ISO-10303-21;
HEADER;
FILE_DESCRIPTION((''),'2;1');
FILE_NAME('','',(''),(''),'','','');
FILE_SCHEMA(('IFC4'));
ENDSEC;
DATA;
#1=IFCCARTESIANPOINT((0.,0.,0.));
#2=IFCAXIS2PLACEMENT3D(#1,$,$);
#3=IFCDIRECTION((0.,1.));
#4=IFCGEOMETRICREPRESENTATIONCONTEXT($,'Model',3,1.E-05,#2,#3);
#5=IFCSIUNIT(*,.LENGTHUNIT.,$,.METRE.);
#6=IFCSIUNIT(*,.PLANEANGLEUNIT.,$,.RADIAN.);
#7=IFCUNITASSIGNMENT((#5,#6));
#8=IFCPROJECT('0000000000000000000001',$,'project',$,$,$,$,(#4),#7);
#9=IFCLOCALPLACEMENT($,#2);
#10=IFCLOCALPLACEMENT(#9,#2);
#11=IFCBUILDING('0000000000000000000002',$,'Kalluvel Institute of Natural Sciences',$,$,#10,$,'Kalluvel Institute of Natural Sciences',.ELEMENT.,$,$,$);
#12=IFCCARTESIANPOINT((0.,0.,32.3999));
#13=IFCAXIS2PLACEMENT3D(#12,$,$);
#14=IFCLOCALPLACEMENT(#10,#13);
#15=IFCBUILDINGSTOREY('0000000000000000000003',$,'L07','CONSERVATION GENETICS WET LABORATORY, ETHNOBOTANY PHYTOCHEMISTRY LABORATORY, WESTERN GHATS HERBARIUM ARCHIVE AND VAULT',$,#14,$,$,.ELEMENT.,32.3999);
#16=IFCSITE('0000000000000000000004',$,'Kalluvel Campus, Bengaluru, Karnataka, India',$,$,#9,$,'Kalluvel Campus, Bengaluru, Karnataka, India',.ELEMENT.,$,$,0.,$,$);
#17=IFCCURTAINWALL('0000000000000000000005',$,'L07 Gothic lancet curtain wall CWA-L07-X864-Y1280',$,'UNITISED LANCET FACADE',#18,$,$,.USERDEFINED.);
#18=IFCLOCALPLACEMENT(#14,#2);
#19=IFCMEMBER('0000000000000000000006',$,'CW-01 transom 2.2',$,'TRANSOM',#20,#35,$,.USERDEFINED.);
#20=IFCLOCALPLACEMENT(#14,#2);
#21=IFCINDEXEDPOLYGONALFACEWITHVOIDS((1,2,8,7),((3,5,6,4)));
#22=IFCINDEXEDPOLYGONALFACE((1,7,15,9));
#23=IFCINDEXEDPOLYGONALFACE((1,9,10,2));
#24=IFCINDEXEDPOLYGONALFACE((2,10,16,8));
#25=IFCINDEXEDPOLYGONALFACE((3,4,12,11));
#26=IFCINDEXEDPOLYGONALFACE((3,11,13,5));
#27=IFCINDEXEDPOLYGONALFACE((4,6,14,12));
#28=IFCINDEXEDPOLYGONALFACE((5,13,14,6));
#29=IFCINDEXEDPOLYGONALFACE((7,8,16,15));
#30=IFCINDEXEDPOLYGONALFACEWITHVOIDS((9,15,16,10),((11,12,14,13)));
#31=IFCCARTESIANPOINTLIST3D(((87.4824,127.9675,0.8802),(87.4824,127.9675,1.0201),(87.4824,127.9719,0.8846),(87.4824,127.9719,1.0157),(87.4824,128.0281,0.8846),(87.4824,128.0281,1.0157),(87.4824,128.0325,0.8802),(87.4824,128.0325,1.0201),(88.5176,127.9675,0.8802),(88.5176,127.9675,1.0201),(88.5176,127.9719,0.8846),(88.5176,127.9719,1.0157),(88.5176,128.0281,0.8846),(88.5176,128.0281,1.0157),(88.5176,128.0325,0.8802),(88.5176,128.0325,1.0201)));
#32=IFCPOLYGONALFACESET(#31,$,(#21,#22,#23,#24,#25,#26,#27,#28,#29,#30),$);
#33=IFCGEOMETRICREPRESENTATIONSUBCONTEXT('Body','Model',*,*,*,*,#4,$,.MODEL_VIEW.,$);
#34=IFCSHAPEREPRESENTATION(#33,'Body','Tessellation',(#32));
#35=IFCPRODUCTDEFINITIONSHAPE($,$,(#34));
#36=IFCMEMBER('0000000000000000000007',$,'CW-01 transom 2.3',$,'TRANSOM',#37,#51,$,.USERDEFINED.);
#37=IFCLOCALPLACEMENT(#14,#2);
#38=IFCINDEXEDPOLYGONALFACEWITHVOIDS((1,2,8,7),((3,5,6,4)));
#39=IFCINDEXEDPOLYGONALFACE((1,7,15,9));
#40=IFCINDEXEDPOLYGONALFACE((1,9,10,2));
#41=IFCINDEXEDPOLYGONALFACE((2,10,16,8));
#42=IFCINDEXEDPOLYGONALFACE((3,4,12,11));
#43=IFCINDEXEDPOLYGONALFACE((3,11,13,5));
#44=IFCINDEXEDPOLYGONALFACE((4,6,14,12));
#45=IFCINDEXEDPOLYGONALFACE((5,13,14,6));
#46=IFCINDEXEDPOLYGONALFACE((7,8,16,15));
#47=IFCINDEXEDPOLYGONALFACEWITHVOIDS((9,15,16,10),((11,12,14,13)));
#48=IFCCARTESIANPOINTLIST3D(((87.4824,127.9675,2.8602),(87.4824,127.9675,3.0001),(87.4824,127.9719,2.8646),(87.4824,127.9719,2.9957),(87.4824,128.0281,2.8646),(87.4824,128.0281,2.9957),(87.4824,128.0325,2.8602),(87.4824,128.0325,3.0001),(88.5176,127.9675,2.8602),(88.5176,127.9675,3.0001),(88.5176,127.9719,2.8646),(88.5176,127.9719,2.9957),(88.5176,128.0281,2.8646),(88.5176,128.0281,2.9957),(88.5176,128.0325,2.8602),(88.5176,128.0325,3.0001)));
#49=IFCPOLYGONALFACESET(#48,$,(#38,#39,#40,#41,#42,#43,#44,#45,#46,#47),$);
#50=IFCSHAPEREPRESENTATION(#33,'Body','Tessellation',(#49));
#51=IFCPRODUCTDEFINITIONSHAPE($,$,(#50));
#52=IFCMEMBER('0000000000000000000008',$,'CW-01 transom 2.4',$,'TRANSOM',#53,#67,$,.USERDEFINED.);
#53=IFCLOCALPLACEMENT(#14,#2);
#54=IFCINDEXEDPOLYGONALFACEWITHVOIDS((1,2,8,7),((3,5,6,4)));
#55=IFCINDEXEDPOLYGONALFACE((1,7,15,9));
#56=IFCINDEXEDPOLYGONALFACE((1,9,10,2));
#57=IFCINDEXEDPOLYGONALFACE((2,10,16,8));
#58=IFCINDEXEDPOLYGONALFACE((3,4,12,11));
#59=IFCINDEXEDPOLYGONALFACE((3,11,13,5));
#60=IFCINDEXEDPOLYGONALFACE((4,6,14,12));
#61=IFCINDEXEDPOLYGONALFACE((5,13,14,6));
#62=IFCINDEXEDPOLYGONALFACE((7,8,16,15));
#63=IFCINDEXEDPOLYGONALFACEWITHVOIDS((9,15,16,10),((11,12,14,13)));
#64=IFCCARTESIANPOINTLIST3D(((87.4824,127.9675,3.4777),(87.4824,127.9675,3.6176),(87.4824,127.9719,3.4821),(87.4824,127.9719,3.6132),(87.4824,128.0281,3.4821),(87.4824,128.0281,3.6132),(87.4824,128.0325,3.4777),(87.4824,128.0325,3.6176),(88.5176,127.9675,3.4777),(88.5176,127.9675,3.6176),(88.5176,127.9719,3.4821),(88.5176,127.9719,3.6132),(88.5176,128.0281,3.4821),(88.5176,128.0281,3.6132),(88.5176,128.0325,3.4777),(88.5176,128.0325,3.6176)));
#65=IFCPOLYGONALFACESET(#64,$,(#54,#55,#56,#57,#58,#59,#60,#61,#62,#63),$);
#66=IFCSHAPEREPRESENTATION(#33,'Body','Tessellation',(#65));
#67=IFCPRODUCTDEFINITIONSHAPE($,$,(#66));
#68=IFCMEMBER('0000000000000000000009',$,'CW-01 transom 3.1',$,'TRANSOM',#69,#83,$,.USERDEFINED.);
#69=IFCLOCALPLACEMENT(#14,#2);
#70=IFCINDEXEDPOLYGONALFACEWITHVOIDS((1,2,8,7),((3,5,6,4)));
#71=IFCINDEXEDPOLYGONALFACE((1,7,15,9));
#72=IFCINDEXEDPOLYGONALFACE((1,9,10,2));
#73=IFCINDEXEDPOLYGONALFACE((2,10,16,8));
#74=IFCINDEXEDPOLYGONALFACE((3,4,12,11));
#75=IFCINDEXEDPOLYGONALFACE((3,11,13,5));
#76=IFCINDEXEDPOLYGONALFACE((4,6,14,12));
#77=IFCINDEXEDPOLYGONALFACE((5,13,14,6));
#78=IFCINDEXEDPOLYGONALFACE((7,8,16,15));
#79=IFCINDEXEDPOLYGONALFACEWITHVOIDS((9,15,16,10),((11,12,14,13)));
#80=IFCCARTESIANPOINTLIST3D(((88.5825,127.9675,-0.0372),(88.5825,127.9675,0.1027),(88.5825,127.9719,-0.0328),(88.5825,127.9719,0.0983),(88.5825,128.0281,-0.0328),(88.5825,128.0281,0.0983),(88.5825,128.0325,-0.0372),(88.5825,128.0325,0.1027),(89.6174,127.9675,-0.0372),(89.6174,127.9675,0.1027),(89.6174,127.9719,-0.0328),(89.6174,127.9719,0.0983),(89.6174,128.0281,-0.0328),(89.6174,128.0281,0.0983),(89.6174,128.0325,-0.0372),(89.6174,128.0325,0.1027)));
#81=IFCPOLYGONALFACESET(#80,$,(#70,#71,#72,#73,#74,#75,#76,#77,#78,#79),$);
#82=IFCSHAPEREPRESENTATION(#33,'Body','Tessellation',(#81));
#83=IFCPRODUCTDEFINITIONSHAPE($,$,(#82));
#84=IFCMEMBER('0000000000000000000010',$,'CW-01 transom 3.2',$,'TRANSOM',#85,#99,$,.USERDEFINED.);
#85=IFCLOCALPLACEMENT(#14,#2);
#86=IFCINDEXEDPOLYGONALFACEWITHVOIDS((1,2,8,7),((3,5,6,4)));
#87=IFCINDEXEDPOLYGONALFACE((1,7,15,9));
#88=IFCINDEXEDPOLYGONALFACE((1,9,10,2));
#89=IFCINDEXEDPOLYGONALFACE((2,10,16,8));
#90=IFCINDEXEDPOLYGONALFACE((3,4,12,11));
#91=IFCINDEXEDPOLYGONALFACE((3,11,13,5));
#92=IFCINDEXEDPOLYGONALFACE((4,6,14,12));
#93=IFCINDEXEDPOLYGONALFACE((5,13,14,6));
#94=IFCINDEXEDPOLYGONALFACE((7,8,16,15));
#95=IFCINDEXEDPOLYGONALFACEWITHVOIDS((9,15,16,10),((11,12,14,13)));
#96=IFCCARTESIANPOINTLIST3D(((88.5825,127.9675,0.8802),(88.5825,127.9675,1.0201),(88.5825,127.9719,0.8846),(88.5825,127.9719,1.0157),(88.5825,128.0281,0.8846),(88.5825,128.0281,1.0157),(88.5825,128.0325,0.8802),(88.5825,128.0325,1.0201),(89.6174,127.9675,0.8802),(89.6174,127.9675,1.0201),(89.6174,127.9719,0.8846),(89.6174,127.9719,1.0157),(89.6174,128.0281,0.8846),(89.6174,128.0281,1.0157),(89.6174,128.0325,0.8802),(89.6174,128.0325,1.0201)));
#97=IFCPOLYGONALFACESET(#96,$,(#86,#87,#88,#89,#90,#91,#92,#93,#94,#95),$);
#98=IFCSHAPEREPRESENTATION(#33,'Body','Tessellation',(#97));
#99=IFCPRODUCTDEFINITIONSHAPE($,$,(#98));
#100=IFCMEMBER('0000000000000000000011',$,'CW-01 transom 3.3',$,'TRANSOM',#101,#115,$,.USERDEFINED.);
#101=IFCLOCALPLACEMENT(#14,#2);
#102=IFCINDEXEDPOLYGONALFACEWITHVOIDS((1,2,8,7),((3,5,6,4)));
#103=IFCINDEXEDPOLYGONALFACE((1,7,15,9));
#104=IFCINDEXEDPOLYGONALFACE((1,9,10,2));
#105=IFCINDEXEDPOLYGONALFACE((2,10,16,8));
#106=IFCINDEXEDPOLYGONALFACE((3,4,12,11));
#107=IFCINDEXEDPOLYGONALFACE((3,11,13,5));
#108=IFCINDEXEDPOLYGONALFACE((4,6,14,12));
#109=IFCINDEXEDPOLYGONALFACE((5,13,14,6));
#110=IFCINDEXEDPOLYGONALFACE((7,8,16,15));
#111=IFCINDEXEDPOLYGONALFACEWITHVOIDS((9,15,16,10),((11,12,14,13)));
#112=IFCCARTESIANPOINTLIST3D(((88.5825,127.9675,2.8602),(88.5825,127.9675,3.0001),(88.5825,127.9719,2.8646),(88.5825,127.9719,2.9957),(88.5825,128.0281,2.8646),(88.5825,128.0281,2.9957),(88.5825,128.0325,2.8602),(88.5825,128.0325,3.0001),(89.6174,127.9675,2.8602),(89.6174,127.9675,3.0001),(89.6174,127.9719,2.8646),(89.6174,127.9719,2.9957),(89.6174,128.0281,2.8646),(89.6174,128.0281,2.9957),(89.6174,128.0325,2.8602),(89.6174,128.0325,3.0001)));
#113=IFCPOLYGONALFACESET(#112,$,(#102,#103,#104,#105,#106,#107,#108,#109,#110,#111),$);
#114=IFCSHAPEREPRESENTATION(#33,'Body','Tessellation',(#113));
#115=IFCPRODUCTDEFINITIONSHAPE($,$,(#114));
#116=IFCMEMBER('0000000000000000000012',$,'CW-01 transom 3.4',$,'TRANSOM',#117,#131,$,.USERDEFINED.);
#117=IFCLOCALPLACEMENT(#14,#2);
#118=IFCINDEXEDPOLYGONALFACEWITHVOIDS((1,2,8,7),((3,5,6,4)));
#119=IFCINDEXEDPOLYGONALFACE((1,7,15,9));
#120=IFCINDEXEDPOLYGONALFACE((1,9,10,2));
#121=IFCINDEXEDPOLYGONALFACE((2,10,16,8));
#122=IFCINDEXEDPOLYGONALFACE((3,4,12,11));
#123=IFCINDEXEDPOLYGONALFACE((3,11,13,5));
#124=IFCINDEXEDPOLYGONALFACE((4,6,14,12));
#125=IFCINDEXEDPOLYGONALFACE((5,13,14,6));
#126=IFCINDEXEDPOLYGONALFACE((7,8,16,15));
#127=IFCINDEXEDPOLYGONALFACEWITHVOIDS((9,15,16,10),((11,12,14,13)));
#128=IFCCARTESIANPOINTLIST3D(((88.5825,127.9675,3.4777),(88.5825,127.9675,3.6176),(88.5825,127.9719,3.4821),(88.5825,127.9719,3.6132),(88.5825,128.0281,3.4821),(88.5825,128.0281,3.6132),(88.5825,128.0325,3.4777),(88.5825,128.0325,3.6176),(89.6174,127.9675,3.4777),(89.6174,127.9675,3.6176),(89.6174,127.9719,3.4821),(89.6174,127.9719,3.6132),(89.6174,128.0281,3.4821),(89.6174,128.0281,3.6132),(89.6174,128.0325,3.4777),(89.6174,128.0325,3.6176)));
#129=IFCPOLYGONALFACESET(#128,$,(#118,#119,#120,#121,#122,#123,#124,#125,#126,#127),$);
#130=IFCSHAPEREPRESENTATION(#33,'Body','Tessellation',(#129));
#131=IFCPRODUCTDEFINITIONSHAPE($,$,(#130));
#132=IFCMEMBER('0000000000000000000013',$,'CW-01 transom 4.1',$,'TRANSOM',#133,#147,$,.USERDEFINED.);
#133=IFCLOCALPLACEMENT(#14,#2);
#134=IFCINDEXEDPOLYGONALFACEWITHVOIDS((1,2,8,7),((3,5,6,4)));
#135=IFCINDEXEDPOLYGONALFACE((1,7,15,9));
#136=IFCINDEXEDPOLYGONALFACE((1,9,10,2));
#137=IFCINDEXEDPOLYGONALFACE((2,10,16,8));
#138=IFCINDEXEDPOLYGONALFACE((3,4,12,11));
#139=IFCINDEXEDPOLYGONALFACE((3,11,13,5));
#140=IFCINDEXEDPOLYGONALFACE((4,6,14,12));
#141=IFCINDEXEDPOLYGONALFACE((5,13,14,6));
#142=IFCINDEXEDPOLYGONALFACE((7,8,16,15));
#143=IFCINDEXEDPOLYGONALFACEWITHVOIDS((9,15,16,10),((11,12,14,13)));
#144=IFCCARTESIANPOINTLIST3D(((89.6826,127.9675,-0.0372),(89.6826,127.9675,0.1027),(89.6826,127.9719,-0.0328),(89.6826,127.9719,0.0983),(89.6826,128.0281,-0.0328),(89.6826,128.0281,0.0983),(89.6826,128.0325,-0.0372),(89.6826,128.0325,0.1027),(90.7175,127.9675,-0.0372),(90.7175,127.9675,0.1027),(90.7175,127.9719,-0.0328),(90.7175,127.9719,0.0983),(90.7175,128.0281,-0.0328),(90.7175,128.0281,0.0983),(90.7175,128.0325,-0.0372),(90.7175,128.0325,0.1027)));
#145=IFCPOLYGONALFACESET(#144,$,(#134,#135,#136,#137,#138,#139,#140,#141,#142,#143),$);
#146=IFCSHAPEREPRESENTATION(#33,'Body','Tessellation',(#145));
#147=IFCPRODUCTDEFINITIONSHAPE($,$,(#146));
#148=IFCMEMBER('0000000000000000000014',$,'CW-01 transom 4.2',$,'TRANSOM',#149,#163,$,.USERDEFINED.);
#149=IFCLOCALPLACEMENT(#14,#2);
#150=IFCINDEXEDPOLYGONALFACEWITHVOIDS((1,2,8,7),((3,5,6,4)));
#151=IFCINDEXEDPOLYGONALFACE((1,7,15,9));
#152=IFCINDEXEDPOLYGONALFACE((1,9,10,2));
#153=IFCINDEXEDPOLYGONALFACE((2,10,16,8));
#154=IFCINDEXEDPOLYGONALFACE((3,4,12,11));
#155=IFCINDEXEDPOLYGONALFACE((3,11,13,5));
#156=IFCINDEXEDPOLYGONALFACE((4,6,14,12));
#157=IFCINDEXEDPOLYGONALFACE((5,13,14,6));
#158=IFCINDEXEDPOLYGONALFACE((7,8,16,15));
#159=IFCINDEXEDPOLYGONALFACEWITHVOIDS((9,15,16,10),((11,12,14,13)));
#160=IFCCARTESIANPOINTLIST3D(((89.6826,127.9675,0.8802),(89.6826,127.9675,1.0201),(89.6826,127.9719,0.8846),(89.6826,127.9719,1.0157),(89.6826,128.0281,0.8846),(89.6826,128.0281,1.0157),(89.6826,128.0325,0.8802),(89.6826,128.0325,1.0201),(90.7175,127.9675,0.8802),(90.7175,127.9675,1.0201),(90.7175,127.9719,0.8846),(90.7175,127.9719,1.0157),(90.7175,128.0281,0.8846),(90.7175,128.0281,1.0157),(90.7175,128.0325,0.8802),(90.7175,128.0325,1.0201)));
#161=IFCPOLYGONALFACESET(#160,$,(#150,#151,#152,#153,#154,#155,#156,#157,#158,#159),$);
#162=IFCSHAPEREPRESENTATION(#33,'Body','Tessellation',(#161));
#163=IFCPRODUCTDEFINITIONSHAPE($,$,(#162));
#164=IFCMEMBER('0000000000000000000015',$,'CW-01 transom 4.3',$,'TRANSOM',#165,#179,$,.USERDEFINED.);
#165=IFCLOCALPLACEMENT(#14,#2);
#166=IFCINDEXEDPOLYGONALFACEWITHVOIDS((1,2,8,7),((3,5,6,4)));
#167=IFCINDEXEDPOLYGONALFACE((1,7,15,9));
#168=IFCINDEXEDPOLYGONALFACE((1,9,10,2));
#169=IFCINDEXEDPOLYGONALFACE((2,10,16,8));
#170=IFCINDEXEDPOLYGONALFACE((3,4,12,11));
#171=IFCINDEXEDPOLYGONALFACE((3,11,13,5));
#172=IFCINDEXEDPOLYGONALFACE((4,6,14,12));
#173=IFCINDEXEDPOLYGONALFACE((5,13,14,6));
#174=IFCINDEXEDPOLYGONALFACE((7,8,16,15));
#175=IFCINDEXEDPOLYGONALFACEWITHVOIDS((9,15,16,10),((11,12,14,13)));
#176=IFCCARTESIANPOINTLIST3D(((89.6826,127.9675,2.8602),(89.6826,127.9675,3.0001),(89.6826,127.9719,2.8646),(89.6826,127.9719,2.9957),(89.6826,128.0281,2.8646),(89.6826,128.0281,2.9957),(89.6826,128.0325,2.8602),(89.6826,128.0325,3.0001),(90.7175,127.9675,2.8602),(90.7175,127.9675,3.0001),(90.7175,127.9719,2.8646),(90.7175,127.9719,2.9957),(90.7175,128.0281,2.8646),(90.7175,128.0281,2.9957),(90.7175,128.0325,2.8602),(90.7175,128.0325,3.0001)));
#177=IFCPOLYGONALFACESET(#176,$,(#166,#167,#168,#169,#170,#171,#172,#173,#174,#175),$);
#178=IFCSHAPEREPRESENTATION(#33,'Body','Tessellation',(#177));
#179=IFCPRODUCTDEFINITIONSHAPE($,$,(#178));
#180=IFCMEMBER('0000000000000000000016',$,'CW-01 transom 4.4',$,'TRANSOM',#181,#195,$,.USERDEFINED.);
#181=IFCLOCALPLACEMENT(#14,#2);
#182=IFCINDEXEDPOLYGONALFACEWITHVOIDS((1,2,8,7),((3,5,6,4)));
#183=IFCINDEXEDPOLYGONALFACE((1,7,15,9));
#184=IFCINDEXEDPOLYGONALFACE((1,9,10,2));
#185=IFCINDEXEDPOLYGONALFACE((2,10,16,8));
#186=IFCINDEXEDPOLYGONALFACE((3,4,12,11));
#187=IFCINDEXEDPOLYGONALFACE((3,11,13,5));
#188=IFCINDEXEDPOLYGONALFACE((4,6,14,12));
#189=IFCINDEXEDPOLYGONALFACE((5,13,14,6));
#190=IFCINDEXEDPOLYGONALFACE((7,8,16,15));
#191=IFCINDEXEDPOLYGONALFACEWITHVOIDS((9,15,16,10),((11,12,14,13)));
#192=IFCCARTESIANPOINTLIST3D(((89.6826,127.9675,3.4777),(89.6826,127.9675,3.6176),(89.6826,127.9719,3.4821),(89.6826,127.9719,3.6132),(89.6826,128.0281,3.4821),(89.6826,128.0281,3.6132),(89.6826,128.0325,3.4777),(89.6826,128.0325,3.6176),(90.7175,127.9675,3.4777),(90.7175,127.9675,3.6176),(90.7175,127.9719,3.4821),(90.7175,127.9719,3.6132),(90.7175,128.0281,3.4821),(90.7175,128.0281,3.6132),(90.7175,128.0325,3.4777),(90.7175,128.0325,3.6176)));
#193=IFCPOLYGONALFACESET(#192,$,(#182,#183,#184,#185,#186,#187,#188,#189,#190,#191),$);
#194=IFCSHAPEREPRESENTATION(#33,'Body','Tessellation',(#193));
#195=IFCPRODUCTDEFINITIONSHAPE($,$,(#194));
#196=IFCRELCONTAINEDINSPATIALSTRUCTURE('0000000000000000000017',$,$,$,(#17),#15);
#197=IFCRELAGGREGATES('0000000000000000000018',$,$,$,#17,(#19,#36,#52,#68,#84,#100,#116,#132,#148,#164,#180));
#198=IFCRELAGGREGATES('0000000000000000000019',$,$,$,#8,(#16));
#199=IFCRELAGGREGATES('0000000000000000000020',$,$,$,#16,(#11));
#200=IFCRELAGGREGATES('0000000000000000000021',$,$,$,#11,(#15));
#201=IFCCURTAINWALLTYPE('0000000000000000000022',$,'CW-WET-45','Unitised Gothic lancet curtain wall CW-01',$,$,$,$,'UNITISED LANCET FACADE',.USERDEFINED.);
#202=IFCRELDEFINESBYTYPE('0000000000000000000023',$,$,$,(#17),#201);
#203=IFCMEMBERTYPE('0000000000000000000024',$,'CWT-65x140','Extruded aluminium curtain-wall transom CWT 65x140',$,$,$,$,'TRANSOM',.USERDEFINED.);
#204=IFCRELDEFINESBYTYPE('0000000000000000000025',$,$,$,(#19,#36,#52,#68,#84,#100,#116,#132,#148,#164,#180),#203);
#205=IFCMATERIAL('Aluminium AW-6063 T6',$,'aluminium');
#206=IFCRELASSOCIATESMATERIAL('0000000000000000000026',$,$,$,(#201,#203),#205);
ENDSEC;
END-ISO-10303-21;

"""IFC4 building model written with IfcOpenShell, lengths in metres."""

from ifc_helpers import new_model, si_unit, direction, frame, origin, origin_2d, place, context, subcontext, project, spatial, hollow_rectangle, extrude, material, material_profile, profile_set, type_object, element, aggregate, save


model = new_model("IFC4")

# Units and contexts
model_context = context("Model", 3, precision=1e-05, world=origin(), true_north=direction((0.0, 1.0)))
body_context = subcontext(model_context, "Body", "Model", "MODEL_VIEW")
ifc_project = project(units=[si_unit("LENGTHUNIT", "METRE"), si_unit("PLANEANGLEUNIT", "RADIAN")], contexts=[model_context])

# Site, building, storey
site_placement = place(None, origin())
site = spatial("IfcSite", under=ifc_project, at=site_placement, Name="Kalluvel Campus, Bengaluru, Karnataka, India", LongName="Kalluvel Campus, Bengaluru, Karnataka, India", CompositionType="ELEMENT", RefElevation=0.0)
building_placement = place(site_placement, origin())
building = spatial("IfcBuilding", under=site, at=building_placement, Name="Kalluvel Institute of Natural Sciences", LongName="Kalluvel Institute of Natural Sciences", CompositionType="ELEMENT")
storey_placement = place(building_placement, frame((0.0, 0.0, 32.3999)))
storey = spatial("IfcBuildingStorey", under=building, at=storey_placement, Name="L07", Description="CONSERVATION GENETICS WET LABORATORY, ETHNOBOTANY PHYTOCHEMISTRY LABORATORY, WESTERN GHATS HERBARIUM ARCHIVE AND VAULT", CompositionType="ELEMENT", Elevation=32.3999)

# Curtain wall, members
ifc_material_1 = material(Name="Aluminium AW-6063 T6", Category="aluminium")
curtain_wall_type = type_object("IfcCurtainWallType", Name="CW-WET-45", Description="Unitised Gothic lancet curtain wall CW-01", ElementType="UNITISED LANCET FACADE", PredefinedType="USERDEFINED", material=ifc_material_1)
curtain_wall_placement = place(storey_placement, origin())
curtain_wall = element("IfcCurtainWall", 1, at=curtain_wall_placement, inside=storey, type_object=curtain_wall_type, Name="L07 Gothic lancet curtain wall CWA-L07-X864-Y1280", ObjectType="UNITISED LANCET FACADE", PredefinedType="USERDEFINED")
ifc_material_profile_1 = material_profile(ifc_material_1, hollow_rectangle(XDim=0.0649, YDim=0.1399, WallThickness=0.0044, at=origin_2d()), Name="CWT 65x140")
ifc_profile_set_1 = profile_set([ifc_material_profile_1], Name="Aluminium AW-6063 T6")
member_type_1 = type_object("IfcMemberType", Name="CWT-65x140", Description="Extruded aluminium curtain-wall transom CWT 65x140", ElementType="TRANSOM", PredefinedType="USERDEFINED", material=ifc_profile_set_1)
member_1_placement = place(storey_placement, frame((87.4824, 128.0, 0.9502), z_axis=(1.0, 0.0, 0.0), x_axis=(0.0, 1.0, 0.0)))
member_1 = element("IfcMember", 2, at=member_1_placement, type_object=member_type_1, Name="CW-01 transom 2.2", ObjectType="TRANSOM", PredefinedType="USERDEFINED", context=body_context, shape_type="SweptSolid", body=[
    extrude(hollow_rectangle(XDim=0.0649, YDim=0.1399, WallThickness=0.0044, at=origin_2d()), origin(), (0.0, 0.0, 1.0), 1.0352),
])
member_2_placement = place(storey_placement, frame((87.4824, 128.0, 2.9302), z_axis=(1.0, 0.0, 0.0), x_axis=(0.0, 1.0, 0.0)))
member_2 = element("IfcMember", 3, at=member_2_placement, type_object=member_type_1, Name="CW-01 transom 2.3", ObjectType="TRANSOM", PredefinedType="USERDEFINED", context=body_context, shape_type="SweptSolid", body=[
    extrude(hollow_rectangle(XDim=0.0649, YDim=0.1399, WallThickness=0.0044, at=origin_2d()), origin(), (0.0, 0.0, 1.0), 1.0352),
])
member_3_placement = place(storey_placement, frame((87.4824, 128.0, 3.5476), z_axis=(1.0, 0.0, 0.0), x_axis=(0.0, 1.0, 0.0)))
member_3 = element("IfcMember", 4, at=member_3_placement, type_object=member_type_1, Name="CW-01 transom 2.4", ObjectType="TRANSOM", PredefinedType="USERDEFINED", context=body_context, shape_type="SweptSolid", body=[
    extrude(hollow_rectangle(XDim=0.0649, YDim=0.1399, WallThickness=0.0044, at=origin_2d()), origin(), (0.0, 0.0, 1.0), 1.0352),
])
member_4_placement = place(storey_placement, frame((88.5825, 128.0, 0.0327), z_axis=(1.0, 0.0, 0.0), x_axis=(0.0, 1.0, 0.0)))
member_4 = element("IfcMember", 5, at=member_4_placement, type_object=member_type_1, Name="CW-01 transom 3.1", ObjectType="TRANSOM", PredefinedType="USERDEFINED", context=body_context, shape_type="SweptSolid", body=[
    extrude(hollow_rectangle(XDim=0.0649, YDim=0.1399, WallThickness=0.0044, at=origin_2d()), origin(), (0.0, 0.0, 1.0), 1.0349),
])
member_5_placement = place(storey_placement, frame((88.5825, 128.0, 0.9502), z_axis=(1.0, 0.0, 0.0), x_axis=(0.0, 1.0, 0.0)))
member_5 = element("IfcMember", 6, at=member_5_placement, type_object=member_type_1, Name="CW-01 transom 3.2", ObjectType="TRANSOM", PredefinedType="USERDEFINED", context=body_context, shape_type="SweptSolid", body=[
    extrude(hollow_rectangle(XDim=0.0649, YDim=0.1399, WallThickness=0.0044, at=origin_2d()), origin(), (0.0, 0.0, 1.0), 1.0349),
])
member_6_placement = place(storey_placement, frame((88.5825, 128.0, 2.9302), z_axis=(1.0, 0.0, 0.0), x_axis=(0.0, 1.0, 0.0)))
member_6 = element("IfcMember", 7, at=member_6_placement, type_object=member_type_1, Name="CW-01 transom 3.3", ObjectType="TRANSOM", PredefinedType="USERDEFINED", context=body_context, shape_type="SweptSolid", body=[
    extrude(hollow_rectangle(XDim=0.0649, YDim=0.1399, WallThickness=0.0044, at=origin_2d()), origin(), (0.0, 0.0, 1.0), 1.0349),
])
member_7_placement = place(storey_placement, frame((88.5825, 128.0, 3.5476), z_axis=(1.0, 0.0, 0.0), x_axis=(0.0, 1.0, 0.0)))
member_7 = element("IfcMember", 8, at=member_7_placement, type_object=member_type_1, Name="CW-01 transom 3.4", ObjectType="TRANSOM", PredefinedType="USERDEFINED", context=body_context, shape_type="SweptSolid", body=[
    extrude(hollow_rectangle(XDim=0.0649, YDim=0.1399, WallThickness=0.0044, at=origin_2d()), origin(), (0.0, 0.0, 1.0), 1.0349),
])
member_8_placement = place(storey_placement, frame((89.6826, 128.0, 0.0327), z_axis=(1.0, 0.0, 0.0), x_axis=(0.0, 1.0, 0.0)))
member_8 = element("IfcMember", 9, at=member_8_placement, type_object=member_type_1, Name="CW-01 transom 4.1", ObjectType="TRANSOM", PredefinedType="USERDEFINED", context=body_context, shape_type="SweptSolid", body=[
    extrude(hollow_rectangle(XDim=0.0649, YDim=0.1399, WallThickness=0.0044, at=origin_2d()), origin(), (0.0, 0.0, 1.0), 1.0349),
])
member_9_placement = place(storey_placement, frame((89.6826, 128.0, 0.9502), z_axis=(1.0, 0.0, 0.0), x_axis=(0.0, 1.0, 0.0)))
member_9 = element("IfcMember", 10, at=member_9_placement, type_object=member_type_1, Name="CW-01 transom 4.2", ObjectType="TRANSOM", PredefinedType="USERDEFINED", context=body_context, shape_type="SweptSolid", body=[
    extrude(hollow_rectangle(XDim=0.0649, YDim=0.1399, WallThickness=0.0044, at=origin_2d()), origin(), (0.0, 0.0, 1.0), 1.0349),
])
member_10_placement = place(storey_placement, frame((89.6826, 128.0, 2.9302), z_axis=(1.0, 0.0, 0.0), x_axis=(0.0, 1.0, 0.0)))
member_10 = element("IfcMember", 11, at=member_10_placement, type_object=member_type_1, Name="CW-01 transom 4.3", ObjectType="TRANSOM", PredefinedType="USERDEFINED", context=body_context, shape_type="SweptSolid", body=[
    extrude(hollow_rectangle(XDim=0.0649, YDim=0.1399, WallThickness=0.0044, at=origin_2d()), origin(), (0.0, 0.0, 1.0), 1.0349),
])
member_11_placement = place(storey_placement, frame((89.6826, 128.0, 3.5476), z_axis=(1.0, 0.0, 0.0), x_axis=(0.0, 1.0, 0.0)))
member_11 = element("IfcMember", 12, at=member_11_placement, type_object=member_type_1, Name="CW-01 transom 4.4", ObjectType="TRANSOM", PredefinedType="USERDEFINED", context=body_context, shape_type="SweptSolid", body=[
    extrude(hollow_rectangle(XDim=0.0649, YDim=0.1399, WallThickness=0.0044, at=origin_2d()), origin(), (0.0, 0.0, 1.0), 1.0349),
])

aggregate(curtain_wall, [member_1, member_2, member_3, member_4, member_5, member_6, member_7, member_8, member_9, member_10, member_11])

save(model, "model.ifc")
